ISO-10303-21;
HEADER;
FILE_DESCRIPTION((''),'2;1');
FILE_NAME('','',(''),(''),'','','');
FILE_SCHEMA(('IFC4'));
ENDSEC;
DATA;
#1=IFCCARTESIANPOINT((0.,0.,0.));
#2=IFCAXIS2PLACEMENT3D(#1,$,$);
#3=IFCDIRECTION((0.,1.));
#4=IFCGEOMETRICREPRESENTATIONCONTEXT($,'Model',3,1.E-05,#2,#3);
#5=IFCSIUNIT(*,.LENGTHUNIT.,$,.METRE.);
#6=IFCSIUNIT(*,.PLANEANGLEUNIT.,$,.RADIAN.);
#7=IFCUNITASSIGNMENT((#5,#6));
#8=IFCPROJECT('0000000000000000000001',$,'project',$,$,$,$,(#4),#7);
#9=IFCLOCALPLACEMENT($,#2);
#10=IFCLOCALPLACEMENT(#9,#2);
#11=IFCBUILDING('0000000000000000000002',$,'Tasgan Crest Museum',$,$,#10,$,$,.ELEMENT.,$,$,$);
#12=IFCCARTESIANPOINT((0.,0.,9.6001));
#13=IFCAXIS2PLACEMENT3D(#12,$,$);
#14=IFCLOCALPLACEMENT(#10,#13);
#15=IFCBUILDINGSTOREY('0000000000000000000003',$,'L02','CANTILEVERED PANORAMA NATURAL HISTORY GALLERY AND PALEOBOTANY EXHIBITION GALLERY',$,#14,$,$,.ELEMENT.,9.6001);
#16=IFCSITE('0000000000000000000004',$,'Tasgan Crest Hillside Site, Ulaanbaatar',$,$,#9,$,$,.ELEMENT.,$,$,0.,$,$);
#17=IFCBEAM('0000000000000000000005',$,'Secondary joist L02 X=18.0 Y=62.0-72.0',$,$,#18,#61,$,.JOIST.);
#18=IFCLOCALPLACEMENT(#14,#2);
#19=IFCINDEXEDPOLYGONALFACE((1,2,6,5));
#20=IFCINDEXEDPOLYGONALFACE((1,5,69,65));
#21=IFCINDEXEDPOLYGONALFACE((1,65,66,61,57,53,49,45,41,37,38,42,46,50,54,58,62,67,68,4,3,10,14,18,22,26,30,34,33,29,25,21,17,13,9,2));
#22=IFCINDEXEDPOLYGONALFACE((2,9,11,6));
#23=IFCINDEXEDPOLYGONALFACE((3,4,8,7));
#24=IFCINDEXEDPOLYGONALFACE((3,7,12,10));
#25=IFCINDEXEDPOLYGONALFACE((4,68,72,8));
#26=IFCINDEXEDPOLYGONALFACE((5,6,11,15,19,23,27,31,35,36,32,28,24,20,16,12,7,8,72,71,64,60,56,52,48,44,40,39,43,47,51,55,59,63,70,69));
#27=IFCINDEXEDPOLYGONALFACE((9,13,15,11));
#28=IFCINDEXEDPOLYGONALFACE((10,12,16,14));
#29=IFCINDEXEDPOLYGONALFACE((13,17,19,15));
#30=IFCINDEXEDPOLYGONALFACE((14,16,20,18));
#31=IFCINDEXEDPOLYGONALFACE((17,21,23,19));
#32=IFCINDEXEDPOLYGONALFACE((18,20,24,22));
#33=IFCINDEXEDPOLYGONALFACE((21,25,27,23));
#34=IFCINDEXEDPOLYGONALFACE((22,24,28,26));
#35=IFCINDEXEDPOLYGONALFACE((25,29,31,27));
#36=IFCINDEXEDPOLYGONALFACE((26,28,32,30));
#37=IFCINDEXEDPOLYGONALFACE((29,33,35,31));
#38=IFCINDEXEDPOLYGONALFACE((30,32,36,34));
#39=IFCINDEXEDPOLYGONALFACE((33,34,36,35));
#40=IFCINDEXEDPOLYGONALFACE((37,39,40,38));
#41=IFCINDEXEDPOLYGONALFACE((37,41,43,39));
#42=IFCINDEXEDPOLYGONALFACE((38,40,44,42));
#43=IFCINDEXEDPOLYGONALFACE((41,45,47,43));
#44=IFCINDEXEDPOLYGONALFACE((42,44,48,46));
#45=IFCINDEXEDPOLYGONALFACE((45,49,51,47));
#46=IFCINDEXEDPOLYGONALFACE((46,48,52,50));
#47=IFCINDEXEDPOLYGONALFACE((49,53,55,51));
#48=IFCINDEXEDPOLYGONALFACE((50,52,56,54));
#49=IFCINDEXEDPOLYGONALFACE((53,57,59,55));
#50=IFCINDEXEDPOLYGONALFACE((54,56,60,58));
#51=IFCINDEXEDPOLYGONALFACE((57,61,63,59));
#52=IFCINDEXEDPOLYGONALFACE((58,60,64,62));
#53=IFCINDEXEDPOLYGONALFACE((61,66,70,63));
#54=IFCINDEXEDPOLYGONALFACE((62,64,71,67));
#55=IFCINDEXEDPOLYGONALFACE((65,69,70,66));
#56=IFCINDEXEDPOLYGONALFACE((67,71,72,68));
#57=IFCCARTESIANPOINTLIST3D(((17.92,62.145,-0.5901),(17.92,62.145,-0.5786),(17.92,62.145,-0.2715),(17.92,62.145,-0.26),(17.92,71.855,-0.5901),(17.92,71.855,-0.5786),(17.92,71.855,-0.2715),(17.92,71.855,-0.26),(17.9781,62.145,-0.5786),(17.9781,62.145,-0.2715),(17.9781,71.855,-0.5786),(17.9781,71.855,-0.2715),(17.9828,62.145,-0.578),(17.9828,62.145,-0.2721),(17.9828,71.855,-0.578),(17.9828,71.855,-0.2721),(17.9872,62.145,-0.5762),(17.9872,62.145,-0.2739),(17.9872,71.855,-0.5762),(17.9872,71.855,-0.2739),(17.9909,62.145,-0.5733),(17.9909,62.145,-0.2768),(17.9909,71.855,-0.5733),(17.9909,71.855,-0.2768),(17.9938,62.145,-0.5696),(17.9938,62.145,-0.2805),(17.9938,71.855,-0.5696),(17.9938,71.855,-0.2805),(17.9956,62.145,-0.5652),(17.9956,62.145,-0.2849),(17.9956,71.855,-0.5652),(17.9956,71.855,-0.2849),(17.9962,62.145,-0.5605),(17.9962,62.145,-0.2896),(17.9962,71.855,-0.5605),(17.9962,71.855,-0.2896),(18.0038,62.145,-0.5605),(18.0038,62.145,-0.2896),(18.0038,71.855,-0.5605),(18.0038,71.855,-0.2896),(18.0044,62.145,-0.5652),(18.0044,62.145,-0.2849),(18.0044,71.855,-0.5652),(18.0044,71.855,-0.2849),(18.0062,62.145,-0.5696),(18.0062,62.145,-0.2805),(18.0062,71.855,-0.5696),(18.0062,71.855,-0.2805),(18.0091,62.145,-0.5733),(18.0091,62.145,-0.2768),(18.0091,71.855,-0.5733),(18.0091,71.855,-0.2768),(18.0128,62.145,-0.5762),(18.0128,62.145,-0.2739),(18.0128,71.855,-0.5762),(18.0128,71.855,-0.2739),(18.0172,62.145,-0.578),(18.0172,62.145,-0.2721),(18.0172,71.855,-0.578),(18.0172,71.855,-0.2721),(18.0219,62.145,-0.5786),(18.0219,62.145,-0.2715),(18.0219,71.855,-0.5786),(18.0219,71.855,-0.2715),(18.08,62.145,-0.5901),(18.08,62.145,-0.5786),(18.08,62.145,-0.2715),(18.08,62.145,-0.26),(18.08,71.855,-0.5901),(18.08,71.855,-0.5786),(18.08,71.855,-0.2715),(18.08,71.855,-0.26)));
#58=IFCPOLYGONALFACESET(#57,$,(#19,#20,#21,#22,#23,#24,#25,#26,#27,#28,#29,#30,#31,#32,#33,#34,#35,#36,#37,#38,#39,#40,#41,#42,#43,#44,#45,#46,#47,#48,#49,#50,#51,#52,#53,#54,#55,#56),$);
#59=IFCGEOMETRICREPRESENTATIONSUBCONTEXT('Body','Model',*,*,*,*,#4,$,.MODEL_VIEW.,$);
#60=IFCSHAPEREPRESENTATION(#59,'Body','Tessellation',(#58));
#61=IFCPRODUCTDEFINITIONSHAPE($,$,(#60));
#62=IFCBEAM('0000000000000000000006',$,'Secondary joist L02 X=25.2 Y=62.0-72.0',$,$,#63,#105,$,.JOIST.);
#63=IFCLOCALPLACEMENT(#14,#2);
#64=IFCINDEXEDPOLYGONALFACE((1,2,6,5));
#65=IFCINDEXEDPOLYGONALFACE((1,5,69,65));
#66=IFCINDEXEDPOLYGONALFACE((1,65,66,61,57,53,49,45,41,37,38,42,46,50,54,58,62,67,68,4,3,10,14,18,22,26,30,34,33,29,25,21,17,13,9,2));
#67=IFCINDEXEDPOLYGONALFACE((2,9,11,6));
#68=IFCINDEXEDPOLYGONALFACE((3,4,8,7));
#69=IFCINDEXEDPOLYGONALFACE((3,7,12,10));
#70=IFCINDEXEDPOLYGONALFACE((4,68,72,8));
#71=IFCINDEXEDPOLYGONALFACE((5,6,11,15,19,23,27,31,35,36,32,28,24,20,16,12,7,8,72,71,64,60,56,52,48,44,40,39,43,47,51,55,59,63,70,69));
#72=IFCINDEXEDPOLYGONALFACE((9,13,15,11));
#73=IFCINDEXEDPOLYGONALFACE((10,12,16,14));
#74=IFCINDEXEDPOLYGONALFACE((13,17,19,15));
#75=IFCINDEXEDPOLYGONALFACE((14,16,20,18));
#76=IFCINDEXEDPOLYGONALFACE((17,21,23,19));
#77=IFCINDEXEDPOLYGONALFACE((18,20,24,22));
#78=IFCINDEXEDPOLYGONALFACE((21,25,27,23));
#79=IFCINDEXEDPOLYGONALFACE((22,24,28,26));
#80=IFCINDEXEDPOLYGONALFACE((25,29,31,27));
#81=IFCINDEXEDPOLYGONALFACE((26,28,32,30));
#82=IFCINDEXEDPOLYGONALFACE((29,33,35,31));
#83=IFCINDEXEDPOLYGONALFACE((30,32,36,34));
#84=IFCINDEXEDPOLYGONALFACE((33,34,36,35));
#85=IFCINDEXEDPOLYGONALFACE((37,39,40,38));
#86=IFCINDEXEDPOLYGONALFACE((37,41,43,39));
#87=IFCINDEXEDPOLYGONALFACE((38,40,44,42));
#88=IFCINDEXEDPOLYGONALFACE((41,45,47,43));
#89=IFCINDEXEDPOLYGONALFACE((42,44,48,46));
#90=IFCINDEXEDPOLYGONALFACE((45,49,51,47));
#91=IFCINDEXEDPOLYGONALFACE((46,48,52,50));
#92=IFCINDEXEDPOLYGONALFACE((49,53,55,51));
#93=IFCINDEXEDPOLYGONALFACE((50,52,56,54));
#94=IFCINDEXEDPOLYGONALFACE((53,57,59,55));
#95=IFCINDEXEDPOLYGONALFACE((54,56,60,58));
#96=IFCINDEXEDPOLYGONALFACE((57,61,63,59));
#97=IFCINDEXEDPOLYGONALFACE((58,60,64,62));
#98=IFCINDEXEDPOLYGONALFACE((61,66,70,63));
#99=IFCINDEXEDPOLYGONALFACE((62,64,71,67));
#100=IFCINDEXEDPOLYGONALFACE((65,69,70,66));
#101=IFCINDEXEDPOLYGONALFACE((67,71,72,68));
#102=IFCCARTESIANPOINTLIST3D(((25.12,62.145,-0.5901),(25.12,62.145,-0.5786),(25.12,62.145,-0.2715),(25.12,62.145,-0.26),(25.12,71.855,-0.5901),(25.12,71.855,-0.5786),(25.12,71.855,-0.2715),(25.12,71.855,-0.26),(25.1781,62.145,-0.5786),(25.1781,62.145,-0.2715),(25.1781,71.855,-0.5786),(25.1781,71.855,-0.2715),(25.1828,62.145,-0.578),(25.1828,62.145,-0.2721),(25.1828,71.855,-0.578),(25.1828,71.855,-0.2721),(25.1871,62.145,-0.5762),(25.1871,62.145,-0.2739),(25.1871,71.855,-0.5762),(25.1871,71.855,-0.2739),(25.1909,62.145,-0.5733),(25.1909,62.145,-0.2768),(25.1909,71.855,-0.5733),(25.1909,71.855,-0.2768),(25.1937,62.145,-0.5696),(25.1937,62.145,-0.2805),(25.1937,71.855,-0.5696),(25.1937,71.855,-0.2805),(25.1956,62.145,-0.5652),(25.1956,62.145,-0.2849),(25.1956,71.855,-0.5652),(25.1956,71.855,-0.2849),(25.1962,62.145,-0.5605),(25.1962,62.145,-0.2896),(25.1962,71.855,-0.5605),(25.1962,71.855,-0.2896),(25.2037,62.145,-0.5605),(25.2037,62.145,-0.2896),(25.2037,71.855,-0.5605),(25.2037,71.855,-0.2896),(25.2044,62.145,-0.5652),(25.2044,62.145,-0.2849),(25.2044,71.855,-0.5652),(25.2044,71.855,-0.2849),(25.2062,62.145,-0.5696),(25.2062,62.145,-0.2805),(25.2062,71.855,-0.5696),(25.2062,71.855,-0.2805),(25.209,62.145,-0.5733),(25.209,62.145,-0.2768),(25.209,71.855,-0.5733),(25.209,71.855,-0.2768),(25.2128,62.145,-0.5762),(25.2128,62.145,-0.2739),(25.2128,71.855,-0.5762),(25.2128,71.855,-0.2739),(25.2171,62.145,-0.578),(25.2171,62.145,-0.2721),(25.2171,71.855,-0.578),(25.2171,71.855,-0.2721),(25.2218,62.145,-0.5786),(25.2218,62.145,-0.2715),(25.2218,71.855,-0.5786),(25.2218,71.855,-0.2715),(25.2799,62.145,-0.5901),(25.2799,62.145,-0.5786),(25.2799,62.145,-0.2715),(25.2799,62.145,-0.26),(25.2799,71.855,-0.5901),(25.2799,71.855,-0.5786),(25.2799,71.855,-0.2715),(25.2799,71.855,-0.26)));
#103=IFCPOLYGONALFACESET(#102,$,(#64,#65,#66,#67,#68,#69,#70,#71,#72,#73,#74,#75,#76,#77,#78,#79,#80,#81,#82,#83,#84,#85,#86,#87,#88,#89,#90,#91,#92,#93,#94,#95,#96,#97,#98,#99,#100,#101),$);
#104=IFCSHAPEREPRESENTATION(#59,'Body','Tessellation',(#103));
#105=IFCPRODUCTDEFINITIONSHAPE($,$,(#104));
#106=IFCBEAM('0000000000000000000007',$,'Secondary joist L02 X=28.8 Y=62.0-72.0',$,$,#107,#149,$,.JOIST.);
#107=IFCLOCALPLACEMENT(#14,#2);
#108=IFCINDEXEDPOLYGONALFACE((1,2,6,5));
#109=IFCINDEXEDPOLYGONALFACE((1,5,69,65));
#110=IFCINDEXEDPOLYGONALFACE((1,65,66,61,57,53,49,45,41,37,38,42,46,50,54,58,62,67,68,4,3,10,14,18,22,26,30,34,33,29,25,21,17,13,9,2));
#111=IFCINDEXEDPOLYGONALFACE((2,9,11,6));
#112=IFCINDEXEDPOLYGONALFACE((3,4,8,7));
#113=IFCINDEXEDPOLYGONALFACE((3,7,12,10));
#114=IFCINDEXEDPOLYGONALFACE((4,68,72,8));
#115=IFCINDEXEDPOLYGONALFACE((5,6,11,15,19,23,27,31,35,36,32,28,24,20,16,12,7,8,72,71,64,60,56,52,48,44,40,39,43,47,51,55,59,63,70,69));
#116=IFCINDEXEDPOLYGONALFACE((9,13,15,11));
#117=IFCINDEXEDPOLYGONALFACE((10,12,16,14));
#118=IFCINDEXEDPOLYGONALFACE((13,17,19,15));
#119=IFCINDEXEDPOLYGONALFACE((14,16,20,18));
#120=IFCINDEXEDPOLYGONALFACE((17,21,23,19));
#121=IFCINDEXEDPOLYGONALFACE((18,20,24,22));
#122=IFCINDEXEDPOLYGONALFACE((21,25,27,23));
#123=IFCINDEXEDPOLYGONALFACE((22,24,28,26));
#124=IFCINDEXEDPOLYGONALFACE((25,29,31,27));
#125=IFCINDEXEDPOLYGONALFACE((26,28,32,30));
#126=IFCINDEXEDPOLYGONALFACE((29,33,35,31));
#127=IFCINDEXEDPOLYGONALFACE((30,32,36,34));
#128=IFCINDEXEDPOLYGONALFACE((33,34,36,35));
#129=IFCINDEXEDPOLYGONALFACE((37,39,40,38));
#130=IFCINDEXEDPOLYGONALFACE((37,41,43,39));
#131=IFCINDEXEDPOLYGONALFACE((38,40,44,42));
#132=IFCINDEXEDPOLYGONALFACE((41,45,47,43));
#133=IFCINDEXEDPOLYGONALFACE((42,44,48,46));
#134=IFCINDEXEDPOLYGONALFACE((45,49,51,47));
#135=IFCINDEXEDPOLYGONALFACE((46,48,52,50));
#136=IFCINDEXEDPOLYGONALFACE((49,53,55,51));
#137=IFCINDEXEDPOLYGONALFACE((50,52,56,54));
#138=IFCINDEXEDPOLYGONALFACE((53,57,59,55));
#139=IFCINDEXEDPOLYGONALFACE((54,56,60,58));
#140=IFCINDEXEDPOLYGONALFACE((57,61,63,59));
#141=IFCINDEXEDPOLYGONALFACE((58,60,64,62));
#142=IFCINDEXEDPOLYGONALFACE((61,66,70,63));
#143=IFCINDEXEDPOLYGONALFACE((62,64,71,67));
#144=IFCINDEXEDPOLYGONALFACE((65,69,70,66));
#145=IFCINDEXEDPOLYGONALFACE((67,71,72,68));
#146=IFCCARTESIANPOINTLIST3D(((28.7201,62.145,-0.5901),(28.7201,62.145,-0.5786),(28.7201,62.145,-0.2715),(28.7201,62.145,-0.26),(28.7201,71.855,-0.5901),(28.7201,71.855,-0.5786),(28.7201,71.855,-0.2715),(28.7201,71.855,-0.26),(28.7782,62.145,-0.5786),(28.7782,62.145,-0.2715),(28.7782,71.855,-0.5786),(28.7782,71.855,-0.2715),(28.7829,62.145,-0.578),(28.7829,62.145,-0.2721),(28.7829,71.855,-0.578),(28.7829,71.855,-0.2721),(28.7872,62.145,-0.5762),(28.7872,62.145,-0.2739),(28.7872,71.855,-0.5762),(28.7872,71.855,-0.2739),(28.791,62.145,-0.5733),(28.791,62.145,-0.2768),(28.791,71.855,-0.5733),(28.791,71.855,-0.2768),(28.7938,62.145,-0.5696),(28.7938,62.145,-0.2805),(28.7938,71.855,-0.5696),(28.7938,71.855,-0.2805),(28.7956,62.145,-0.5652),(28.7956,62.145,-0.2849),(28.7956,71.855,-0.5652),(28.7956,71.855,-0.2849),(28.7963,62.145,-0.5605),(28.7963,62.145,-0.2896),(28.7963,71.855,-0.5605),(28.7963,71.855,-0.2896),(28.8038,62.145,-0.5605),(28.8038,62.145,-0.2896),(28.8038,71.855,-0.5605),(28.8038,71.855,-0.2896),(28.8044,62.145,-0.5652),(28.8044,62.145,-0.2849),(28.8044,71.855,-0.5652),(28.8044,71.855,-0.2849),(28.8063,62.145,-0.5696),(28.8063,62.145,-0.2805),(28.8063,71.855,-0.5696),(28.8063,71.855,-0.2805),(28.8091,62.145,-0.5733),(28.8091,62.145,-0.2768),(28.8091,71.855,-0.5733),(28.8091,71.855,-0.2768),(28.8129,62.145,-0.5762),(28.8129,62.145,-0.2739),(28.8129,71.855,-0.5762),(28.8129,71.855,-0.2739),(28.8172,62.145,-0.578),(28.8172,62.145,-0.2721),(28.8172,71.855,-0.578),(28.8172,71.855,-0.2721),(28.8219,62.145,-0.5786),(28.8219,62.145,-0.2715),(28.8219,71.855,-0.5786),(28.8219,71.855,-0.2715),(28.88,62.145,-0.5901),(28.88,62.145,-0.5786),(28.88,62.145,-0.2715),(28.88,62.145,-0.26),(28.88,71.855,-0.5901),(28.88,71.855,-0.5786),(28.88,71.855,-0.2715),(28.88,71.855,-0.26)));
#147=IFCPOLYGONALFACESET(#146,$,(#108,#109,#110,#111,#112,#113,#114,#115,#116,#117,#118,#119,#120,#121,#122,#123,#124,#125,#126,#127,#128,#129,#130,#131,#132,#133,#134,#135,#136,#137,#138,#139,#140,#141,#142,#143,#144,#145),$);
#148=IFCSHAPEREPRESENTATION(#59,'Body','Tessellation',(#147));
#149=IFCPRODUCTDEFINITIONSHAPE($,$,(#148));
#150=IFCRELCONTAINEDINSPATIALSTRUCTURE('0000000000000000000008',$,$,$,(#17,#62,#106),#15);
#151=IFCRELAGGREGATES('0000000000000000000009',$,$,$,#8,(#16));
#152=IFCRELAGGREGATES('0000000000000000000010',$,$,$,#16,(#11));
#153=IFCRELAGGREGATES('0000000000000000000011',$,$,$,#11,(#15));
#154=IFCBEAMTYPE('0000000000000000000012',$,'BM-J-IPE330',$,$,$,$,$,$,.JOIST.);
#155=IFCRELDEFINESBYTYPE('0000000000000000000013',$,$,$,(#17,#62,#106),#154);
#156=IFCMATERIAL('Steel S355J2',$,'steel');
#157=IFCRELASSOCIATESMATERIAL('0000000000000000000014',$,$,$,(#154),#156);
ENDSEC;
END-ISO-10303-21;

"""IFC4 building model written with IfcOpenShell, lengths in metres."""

from ifc_helpers import new_model, si_unit, direction, frame, origin, origin_2d, place, context, subcontext, project, spatial, i_section, extrude, material, material_profile, profile_set, type_object, element, save


model = new_model("IFC4")

# Units and contexts
model_context = context("Model", 3, precision=1e-05, world=origin(), true_north=direction((0.0, 1.0)))
body_context = subcontext(model_context, "Body", "Model", "MODEL_VIEW")
ifc_project = project(units=[si_unit("LENGTHUNIT", "METRE"), si_unit("PLANEANGLEUNIT", "RADIAN")], contexts=[model_context])

# Site, building, storey
site_placement = place(None, origin())
site = spatial("IfcSite", under=ifc_project, at=site_placement, Name="Tasgan Crest Hillside Site, Ulaanbaatar", CompositionType="ELEMENT", RefElevation=0.0)
building_placement = place(site_placement, origin())
building = spatial("IfcBuilding", under=site, at=building_placement, Name="Tasgan Crest Museum", CompositionType="ELEMENT")
storey_placement = place(building_placement, frame((0.0, 0.0, 9.6001)))
storey = spatial("IfcBuildingStorey", under=building, at=storey_placement, Name="L02", Description="CANTILEVERED PANORAMA NATURAL HISTORY GALLERY AND PALEOBOTANY EXHIBITION GALLERY", CompositionType="ELEMENT", Elevation=9.6001)

# Beams
ifc_material_1 = material(Name="Steel S355J2", Category="steel")
ifc_material_profile_1 = material_profile(ifc_material_1, i_section(OverallWidth=0.1599, OverallDepth=0.3301, WebThickness=0.0076, FlangeThickness=0.0115, FilletRadius=0.0181, at=origin_2d()), Name="IPE 330")
ifc_profile_set_1 = profile_set([ifc_material_profile_1], Name="Steel S355J2")
beam_type_1 = type_object("IfcBeamType", Name="BM-J-IPE330", PredefinedType="JOIST", material=ifc_profile_set_1)
for number, where, z_axis, x_axis, name in (
    (1, (18.0, 62.145, -0.425), (0.0, 1.0, 0.0), (-1.0, 0.0, 0.0), "Secondary joist L02 X=18.0 Y=62.0-72.0"),
    (2, (25.2, 62.145, -0.425), (0.0, 1.0, 0.0), (-1.0, 0.0, 0.0), "Secondary joist L02 X=25.2 Y=62.0-72.0"),
    (3, (28.8, 62.145, -0.425), (0.0, 1.0, 0.0), (-1.0, 0.0, 0.0), "Secondary joist L02 X=28.8 Y=62.0-72.0"),
):
    element("IfcBeam", number, at=place(storey_placement, frame(where, z_axis=z_axis, x_axis=x_axis)), inside=storey, type_object=beam_type_1, Name=name, PredefinedType="JOIST", context=body_context, shape_type="SweptSolid", body=[
        extrude(i_section(OverallWidth=0.1599, OverallDepth=0.3301, WebThickness=0.0076, FlangeThickness=0.0115, FilletRadius=0.0181, at=origin_2d()), origin(), (0.0, 0.0, 1.0), 9.71),
    ])

save(model, "model.ifc")
